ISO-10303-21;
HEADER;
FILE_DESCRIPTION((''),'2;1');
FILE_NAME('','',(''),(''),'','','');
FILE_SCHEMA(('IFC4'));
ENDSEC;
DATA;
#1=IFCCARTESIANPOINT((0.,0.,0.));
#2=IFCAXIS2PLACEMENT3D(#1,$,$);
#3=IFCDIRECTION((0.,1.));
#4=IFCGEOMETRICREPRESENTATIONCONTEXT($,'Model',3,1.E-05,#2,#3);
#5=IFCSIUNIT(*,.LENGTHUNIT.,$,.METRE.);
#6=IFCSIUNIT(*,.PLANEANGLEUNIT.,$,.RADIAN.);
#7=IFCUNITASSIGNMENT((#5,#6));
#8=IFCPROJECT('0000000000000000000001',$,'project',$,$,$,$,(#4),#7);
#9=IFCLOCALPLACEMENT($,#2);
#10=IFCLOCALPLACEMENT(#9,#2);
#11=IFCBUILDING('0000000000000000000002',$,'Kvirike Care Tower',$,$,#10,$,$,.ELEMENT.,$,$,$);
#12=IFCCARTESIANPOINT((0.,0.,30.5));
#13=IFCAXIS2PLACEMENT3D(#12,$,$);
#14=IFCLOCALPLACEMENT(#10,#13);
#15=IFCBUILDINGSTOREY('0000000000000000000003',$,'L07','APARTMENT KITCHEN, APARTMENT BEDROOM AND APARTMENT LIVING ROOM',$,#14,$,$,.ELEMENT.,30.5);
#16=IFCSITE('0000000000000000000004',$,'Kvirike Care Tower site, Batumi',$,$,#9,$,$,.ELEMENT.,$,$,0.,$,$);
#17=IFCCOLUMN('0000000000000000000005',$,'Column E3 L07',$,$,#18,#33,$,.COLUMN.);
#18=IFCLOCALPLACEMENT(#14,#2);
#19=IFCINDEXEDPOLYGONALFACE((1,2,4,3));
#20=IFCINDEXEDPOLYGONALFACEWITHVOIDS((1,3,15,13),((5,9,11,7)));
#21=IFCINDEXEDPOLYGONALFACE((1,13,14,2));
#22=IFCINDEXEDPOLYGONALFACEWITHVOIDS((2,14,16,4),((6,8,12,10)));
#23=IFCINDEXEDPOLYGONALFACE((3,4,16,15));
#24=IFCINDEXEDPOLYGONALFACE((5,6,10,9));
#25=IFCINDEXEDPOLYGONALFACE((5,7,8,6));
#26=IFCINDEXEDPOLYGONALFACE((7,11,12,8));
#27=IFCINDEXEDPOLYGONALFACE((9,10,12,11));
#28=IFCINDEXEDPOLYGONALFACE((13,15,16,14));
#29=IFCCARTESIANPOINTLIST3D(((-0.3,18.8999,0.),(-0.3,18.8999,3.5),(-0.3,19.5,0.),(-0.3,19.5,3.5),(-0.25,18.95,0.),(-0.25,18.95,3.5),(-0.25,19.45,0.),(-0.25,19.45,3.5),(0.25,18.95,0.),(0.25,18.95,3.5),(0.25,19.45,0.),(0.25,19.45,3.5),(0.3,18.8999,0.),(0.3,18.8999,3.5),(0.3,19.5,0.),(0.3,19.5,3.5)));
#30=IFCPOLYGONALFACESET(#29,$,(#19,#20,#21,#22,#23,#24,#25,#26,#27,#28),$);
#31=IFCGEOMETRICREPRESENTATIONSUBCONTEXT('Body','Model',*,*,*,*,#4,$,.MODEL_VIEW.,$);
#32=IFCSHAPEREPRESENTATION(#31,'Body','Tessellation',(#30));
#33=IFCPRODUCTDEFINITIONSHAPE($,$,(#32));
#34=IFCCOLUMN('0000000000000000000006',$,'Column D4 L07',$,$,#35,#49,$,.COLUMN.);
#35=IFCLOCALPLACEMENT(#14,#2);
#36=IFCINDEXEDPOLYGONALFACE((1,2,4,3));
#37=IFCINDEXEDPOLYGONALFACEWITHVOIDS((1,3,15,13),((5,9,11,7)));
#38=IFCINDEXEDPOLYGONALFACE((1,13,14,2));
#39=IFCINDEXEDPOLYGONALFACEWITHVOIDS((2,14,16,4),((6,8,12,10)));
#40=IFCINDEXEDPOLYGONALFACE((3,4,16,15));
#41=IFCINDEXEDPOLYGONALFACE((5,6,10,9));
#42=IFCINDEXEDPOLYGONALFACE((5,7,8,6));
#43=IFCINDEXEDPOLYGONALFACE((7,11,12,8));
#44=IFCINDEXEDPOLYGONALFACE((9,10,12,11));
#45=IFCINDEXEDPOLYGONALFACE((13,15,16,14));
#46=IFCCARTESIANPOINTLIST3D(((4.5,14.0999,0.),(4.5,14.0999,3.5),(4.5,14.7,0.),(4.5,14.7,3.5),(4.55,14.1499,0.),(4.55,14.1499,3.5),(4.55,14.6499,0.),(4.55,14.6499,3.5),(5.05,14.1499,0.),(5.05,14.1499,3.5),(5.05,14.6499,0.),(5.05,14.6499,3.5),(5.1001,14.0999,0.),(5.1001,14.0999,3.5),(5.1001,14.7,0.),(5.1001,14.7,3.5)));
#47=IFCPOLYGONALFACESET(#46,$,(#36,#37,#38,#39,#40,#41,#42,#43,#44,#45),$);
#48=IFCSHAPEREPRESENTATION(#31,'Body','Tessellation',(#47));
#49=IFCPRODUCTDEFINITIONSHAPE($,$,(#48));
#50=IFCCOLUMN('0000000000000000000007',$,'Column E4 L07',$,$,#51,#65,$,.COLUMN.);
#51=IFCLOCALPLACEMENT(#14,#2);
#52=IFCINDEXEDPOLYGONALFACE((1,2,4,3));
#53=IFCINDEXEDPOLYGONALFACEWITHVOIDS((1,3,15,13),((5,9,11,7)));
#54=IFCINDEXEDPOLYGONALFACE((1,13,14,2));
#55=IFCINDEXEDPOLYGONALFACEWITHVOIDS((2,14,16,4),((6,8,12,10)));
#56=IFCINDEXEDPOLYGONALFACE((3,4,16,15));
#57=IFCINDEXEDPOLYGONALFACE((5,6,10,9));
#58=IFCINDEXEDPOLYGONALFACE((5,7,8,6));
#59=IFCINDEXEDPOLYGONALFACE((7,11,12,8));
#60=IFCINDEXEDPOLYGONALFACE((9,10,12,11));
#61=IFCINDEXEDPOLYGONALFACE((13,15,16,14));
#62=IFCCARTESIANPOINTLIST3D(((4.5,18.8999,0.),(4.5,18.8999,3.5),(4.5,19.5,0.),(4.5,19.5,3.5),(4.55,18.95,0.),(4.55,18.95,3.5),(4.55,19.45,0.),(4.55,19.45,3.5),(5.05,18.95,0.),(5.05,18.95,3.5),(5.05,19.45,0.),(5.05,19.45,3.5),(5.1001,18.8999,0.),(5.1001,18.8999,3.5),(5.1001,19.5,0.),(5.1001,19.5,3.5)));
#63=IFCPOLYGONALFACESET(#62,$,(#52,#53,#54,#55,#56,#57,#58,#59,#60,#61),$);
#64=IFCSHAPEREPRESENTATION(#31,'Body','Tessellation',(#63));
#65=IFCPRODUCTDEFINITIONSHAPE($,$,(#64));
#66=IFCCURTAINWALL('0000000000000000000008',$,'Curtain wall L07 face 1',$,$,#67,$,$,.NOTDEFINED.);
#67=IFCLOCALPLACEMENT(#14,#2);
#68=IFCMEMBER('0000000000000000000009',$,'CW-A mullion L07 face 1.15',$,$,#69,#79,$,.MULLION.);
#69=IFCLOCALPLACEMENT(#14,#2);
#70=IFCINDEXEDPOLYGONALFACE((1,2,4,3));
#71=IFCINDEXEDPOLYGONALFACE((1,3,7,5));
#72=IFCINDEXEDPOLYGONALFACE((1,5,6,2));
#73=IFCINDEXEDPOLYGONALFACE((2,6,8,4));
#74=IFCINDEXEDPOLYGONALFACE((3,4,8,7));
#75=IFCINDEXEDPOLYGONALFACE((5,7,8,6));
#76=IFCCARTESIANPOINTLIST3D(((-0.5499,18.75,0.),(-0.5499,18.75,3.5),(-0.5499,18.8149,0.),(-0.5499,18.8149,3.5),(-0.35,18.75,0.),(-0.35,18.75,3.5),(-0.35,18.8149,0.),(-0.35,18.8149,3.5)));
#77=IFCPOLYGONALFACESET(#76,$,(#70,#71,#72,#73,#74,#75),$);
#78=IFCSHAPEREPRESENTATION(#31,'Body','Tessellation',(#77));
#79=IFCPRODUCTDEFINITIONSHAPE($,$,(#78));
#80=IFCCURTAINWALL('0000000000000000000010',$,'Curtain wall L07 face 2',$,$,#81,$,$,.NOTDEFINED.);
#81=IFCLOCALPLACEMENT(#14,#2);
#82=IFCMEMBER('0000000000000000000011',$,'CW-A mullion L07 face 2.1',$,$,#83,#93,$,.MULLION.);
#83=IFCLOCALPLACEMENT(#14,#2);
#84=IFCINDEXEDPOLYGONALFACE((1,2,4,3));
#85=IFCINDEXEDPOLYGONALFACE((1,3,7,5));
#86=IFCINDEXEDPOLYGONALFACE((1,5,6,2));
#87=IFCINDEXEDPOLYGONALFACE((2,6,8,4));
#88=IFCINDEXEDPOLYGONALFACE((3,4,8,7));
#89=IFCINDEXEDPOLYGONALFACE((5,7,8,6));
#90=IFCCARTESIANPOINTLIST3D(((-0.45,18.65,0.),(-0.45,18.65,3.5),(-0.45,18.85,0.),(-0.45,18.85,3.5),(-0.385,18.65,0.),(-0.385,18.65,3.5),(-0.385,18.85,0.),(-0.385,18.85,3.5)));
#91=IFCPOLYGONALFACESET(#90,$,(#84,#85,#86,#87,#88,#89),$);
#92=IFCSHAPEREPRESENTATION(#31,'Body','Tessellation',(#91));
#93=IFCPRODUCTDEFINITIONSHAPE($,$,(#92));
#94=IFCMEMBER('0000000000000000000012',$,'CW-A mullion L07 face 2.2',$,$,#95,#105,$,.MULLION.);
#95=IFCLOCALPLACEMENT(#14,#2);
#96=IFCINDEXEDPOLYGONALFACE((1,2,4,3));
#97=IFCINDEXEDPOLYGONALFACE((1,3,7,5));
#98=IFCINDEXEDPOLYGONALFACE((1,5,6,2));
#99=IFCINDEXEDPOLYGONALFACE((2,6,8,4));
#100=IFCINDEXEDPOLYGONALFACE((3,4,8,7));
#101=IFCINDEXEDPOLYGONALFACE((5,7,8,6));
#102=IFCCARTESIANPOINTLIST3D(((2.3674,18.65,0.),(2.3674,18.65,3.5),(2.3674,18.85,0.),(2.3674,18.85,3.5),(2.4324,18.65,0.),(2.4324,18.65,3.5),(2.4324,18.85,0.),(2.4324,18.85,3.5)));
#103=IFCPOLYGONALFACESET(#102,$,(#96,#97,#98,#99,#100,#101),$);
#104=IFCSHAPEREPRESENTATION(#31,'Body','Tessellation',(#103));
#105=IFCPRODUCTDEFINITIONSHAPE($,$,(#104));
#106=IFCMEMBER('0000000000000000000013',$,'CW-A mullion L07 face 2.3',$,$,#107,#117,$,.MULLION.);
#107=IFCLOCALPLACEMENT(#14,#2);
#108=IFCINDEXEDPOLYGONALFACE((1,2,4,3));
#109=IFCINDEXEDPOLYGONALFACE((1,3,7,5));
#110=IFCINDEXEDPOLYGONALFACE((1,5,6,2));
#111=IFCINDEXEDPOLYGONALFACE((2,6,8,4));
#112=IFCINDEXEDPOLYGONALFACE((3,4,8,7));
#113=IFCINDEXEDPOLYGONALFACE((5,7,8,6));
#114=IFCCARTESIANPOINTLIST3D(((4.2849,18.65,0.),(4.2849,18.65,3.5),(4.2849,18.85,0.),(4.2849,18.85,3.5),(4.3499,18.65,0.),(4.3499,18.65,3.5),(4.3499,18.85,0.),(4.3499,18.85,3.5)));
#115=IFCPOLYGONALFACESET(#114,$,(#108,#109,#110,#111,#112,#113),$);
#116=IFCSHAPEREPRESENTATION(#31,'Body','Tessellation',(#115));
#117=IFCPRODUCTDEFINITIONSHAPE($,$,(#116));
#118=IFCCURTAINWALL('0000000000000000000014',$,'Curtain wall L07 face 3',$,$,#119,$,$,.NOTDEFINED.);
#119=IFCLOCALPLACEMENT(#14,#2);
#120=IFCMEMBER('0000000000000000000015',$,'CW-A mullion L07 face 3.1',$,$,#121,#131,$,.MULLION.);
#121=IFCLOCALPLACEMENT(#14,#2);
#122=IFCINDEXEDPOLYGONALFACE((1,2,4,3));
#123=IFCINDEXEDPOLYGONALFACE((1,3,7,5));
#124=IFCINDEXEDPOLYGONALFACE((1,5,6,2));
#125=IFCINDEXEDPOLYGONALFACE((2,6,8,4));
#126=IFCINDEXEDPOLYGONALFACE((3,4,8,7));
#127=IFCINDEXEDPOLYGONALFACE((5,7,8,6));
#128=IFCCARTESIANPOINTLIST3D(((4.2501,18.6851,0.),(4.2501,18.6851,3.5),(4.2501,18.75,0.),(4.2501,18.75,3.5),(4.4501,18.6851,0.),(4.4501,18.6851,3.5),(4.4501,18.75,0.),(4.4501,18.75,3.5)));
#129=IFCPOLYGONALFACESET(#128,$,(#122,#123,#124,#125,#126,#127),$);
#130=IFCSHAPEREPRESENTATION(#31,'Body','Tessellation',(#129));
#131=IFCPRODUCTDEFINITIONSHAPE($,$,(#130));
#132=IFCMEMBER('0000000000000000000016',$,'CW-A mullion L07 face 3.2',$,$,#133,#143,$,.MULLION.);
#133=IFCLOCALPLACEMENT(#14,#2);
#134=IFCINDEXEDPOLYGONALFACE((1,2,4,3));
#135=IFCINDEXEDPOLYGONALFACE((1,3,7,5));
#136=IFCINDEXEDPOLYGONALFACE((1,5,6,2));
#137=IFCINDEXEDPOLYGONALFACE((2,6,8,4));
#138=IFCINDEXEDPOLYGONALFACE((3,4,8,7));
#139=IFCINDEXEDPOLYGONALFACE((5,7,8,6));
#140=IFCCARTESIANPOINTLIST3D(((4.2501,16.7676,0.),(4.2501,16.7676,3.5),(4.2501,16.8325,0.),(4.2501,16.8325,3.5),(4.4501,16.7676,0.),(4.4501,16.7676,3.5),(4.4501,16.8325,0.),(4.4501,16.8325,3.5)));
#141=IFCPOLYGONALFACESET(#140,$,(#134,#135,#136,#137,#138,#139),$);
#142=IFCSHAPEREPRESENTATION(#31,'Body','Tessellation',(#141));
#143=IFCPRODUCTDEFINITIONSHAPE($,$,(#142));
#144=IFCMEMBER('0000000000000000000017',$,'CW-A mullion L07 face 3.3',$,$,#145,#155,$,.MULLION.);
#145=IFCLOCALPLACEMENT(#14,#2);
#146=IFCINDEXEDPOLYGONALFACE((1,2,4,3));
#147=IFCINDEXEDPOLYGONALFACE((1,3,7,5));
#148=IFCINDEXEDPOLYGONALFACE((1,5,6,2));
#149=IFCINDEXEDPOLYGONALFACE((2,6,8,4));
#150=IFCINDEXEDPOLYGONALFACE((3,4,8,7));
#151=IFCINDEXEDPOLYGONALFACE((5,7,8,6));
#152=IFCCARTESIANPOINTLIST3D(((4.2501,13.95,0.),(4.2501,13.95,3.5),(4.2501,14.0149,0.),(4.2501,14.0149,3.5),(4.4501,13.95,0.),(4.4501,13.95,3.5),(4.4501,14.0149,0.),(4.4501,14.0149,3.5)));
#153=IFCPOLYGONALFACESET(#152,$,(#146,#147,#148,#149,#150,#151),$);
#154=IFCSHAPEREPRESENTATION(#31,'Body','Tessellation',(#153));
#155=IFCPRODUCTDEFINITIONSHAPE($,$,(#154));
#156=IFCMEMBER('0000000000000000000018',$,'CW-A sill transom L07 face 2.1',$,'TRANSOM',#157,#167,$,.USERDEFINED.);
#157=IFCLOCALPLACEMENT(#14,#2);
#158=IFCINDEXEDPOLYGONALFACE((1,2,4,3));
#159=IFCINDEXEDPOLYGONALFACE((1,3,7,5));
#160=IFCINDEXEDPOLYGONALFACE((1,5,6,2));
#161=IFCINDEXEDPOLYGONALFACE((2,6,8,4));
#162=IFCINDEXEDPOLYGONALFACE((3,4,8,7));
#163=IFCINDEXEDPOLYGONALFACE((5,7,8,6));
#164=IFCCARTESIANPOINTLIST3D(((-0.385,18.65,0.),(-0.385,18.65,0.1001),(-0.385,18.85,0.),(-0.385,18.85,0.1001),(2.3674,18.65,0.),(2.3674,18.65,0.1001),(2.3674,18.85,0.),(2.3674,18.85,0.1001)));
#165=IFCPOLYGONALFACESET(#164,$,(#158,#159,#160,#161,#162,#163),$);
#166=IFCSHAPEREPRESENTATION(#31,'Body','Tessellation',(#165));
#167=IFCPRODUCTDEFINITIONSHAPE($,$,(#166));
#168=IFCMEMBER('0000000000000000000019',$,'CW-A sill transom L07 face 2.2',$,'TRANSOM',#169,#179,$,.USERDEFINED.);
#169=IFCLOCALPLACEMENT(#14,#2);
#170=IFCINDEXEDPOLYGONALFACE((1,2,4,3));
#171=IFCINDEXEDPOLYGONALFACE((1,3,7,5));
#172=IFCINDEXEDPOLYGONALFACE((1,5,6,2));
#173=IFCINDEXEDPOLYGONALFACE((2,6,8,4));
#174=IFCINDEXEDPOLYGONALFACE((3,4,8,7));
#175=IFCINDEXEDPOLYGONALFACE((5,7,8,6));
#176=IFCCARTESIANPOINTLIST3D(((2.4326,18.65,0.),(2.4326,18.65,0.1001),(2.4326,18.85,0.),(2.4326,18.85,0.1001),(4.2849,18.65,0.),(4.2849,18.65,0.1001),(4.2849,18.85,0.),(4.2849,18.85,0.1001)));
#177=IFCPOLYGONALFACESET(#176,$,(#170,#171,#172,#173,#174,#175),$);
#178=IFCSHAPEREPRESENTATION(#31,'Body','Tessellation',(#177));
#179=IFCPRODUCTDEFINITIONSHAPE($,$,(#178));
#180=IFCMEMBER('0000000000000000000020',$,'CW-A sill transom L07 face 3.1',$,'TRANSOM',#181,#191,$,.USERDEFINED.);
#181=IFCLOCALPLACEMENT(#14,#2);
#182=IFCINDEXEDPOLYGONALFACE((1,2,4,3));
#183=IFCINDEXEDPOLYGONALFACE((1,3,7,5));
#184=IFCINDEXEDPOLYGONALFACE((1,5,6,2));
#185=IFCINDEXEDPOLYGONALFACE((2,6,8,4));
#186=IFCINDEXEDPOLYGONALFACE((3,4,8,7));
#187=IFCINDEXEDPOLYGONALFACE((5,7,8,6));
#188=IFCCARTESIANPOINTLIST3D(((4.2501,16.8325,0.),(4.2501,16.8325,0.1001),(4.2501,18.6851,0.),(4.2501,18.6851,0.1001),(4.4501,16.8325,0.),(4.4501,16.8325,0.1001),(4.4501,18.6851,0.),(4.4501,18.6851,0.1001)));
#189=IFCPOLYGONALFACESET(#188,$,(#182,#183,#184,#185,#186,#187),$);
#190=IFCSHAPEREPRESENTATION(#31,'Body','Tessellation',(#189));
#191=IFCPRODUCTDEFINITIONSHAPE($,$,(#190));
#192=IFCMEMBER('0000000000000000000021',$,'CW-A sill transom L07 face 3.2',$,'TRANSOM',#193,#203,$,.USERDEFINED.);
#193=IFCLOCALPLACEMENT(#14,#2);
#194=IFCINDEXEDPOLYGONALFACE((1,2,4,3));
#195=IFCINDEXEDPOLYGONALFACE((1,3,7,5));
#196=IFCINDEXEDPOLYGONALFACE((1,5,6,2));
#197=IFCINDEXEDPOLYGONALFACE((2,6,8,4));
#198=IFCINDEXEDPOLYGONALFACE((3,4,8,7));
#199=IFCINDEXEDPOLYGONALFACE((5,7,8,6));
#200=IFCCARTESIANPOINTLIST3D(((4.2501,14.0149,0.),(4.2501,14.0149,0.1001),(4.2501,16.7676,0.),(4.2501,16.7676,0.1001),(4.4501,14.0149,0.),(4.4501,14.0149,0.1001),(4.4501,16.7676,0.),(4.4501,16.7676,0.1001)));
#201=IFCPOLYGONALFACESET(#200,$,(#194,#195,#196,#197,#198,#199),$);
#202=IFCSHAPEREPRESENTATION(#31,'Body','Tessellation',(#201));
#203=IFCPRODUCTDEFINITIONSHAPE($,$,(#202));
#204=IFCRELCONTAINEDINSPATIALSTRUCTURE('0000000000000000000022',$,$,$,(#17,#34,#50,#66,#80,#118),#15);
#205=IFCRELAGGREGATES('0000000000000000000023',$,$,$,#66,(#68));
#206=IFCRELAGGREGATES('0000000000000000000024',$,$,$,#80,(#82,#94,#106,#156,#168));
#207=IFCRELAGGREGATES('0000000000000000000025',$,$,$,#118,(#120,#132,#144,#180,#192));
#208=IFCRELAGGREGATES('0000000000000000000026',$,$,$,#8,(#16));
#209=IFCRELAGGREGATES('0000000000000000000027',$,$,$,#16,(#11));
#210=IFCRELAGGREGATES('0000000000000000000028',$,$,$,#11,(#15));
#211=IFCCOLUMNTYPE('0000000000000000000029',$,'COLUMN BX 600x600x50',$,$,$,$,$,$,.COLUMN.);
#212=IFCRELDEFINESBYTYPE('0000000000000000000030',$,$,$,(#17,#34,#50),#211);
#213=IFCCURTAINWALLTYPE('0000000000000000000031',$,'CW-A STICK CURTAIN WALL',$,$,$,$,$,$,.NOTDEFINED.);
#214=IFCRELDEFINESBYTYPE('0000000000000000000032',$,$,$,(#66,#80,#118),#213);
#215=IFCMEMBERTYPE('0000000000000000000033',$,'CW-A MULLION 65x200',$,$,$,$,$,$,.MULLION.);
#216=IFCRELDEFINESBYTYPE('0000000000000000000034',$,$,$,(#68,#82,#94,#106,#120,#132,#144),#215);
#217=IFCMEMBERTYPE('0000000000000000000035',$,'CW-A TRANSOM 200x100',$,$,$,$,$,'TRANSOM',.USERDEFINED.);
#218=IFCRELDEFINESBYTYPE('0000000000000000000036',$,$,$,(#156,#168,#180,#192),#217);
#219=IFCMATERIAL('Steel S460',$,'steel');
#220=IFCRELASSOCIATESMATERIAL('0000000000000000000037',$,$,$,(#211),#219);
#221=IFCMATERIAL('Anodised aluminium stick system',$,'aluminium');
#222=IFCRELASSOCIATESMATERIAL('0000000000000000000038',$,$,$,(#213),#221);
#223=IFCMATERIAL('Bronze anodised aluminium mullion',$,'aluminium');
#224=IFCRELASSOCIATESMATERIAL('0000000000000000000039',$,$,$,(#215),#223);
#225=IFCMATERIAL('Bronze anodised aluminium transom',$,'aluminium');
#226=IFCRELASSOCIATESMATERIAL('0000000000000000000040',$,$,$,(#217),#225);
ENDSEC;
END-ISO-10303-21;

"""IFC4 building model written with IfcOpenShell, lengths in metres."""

from ifc_helpers import new_model, si_unit, direction, frame, origin, origin_2d, place, context, subcontext, project, spatial, rectangle, hollow_rectangle, extrude, material, material_profile, profile_set, type_object, element, aggregate, save


model = new_model("IFC4")

# Units and contexts
model_context = context("Model", 3, precision=1e-05, world=origin(), true_north=direction((0.0, 1.0)))
body_context = subcontext(model_context, "Body", "Model", "MODEL_VIEW")
ifc_project = project(units=[si_unit("LENGTHUNIT", "METRE"), si_unit("PLANEANGLEUNIT", "RADIAN")], contexts=[model_context])

# Site, building, storey
site_placement = place(None, origin())
site = spatial("IfcSite", under=ifc_project, at=site_placement, Name="Kvirike Care Tower site, Batumi", CompositionType="ELEMENT", RefElevation=0.0)
building_placement = place(site_placement, origin())
building = spatial("IfcBuilding", under=site, at=building_placement, Name="Kvirike Care Tower", CompositionType="ELEMENT")
storey_placement = place(building_placement, frame((0.0, 0.0, 30.5)))
storey = spatial("IfcBuildingStorey", under=building, at=storey_placement, Name="L07", Description="APARTMENT KITCHEN, APARTMENT BEDROOM AND APARTMENT LIVING ROOM", CompositionType="ELEMENT", Elevation=30.5)

# Columns
ifc_material_1 = material(Name="Steel S460", Category="steel")
ifc_material_profile_1 = material_profile(ifc_material_1, hollow_rectangle(XDim=0.6001, YDim=0.6001, WallThickness=0.05, at=origin_2d()), Name="BX 600x600x50")
ifc_profile_set_1 = profile_set([ifc_material_profile_1], Name="Steel S460")
column_type = type_object("IfcColumnType", Name="COLUMN BX 600x600x50", PredefinedType="COLUMN", material=ifc_profile_set_1)
for number, where, z_axis, x_axis, name in (
    (1, (0.0, 19.2, 0.0), (0.0, 0.0, 1.0), (0.0, 1.0, 0.0), "Column E3 L07"),
    (2, (4.8, 14.3999, 0.0), (0.0, 0.0, 1.0), (0.0, 1.0, 0.0), "Column D4 L07"),
    (3, (4.8, 19.2, 0.0), (0.0, 0.0, 1.0), (0.0, 1.0, 0.0), "Column E4 L07"),
):
    element("IfcColumn", number, at=place(storey_placement, frame(where, z_axis=z_axis, x_axis=x_axis)), inside=storey, type_object=column_type, Name=name, PredefinedType="COLUMN", context=body_context, shape_type="SweptSolid", body=[
        extrude(hollow_rectangle(XDim=0.6001, YDim=0.6001, WallThickness=0.05, at=origin_2d()), origin(), (0.0, 0.0, 1.0), 3.5),
    ])

# Curtain wall, member
ifc_material_2 = material(Name="Anodised aluminium stick system", Category="aluminium")
curtain_wall_type = type_object("IfcCurtainWallType", Name="CW-A STICK CURTAIN WALL", PredefinedType="NOTDEFINED", material=ifc_material_2)
curtain_wall_1_placement = place(storey_placement, origin())
curtain_wall_1 = element("IfcCurtainWall", 4, at=curtain_wall_1_placement, inside=storey, type_object=curtain_wall_type, Name="Curtain wall L07 face 1", PredefinedType="NOTDEFINED")
ifc_material_3 = material(Name="Bronze anodised aluminium mullion", Category="aluminium")
ifc_material_profile_2 = material_profile(ifc_material_3, rectangle(XDim=0.0649, YDim=0.2, at=origin_2d()), Name="CW-A MULLION 65x200")
ifc_profile_set_2 = profile_set([ifc_material_profile_2], Name="Bronze anodised aluminium mullion")
member_type_1 = type_object("IfcMemberType", Name="CW-A MULLION 65x200", PredefinedType="MULLION", material=ifc_profile_set_2)
member_1_placement = place(storey_placement, frame((-0.45, 18.7825, 0.0), z_axis=(0.0, 0.0, 1.0), x_axis=(0.0, -1.0, 0.0)))
member_1 = element("IfcMember", 5, at=member_1_placement, type_object=member_type_1, Name="CW-A mullion L07 face 1.15", PredefinedType="MULLION", context=body_context, shape_type="SweptSolid", body=[
    extrude(rectangle(XDim=0.0649, YDim=0.2, at=origin_2d()), origin(), (0.0, 0.0, 1.0), 3.5),
])
aggregate(curtain_wall_1, [member_1])

# Curtain walls, members
curtain_wall_2_placement = place(storey_placement, origin())
curtain_wall_2 = element("IfcCurtainWall", 6, at=curtain_wall_2_placement, inside=storey, type_object=curtain_wall_type, Name="Curtain wall L07 face 2", PredefinedType="NOTDEFINED")
member_2_placement = place(storey_placement, frame((-0.4175, 18.75, 0.0), z_axis=(0.0, 0.0, 1.0), x_axis=(1.0, 0.0, 0.0)))
member_2 = element("IfcMember", 7, at=member_2_placement, type_object=member_type_1, Name="CW-A mullion L07 face 2.1", PredefinedType="MULLION", context=body_context, shape_type="SweptSolid", body=[
    extrude(rectangle(XDim=0.0649, YDim=0.2, at=origin_2d()), origin(), (0.0, 0.0, 1.0), 3.5),
])
member_3_placement = place(storey_placement, frame((2.3999, 18.75, 0.0), z_axis=(0.0, 0.0, 1.0), x_axis=(1.0, 0.0, 0.0)))
member_3 = element("IfcMember", 8, at=member_3_placement, type_object=member_type_1, Name="CW-A mullion L07 face 2.2", PredefinedType="MULLION", context=body_context, shape_type="SweptSolid", body=[
    extrude(rectangle(XDim=0.0649, YDim=0.2, at=origin_2d()), origin(), (0.0, 0.0, 1.0), 3.5),
])
member_4_placement = place(storey_placement, frame((4.3174, 18.75, 0.0), z_axis=(0.0, 0.0, 1.0), x_axis=(1.0, 0.0, 0.0)))
member_4 = element("IfcMember", 9, at=member_4_placement, type_object=member_type_1, Name="CW-A mullion L07 face 2.3", PredefinedType="MULLION", context=body_context, shape_type="SweptSolid", body=[
    extrude(rectangle(XDim=0.0649, YDim=0.2, at=origin_2d()), origin(), (0.0, 0.0, 1.0), 3.5),
])
curtain_wall_3_placement = place(storey_placement, origin())
curtain_wall_3 = element("IfcCurtainWall", 10, at=curtain_wall_3_placement, inside=storey, type_object=curtain_wall_type, Name="Curtain wall L07 face 3", PredefinedType="NOTDEFINED")
member_5_placement = place(storey_placement, frame((4.3501, 18.7175, 0.0), z_axis=(0.0, 0.0, 1.0), x_axis=(0.0, -1.0, 0.0)))
member_5 = element("IfcMember", 11, at=member_5_placement, type_object=member_type_1, Name="CW-A mullion L07 face 3.1", PredefinedType="MULLION", context=body_context, shape_type="SweptSolid", body=[
    extrude(rectangle(XDim=0.0649, YDim=0.2, at=origin_2d()), origin(), (0.0, 0.0, 1.0), 3.5),
])
member_6_placement = place(storey_placement, frame((4.3501, 16.8, 0.0), z_axis=(0.0, 0.0, 1.0), x_axis=(0.0, -1.0, 0.0)))
member_6 = element("IfcMember", 12, at=member_6_placement, type_object=member_type_1, Name="CW-A mullion L07 face 3.2", PredefinedType="MULLION", context=body_context, shape_type="SweptSolid", body=[
    extrude(rectangle(XDim=0.0649, YDim=0.2, at=origin_2d()), origin(), (0.0, 0.0, 1.0), 3.5),
])
member_7_placement = place(storey_placement, frame((4.3501, 13.9824, 0.0), z_axis=(0.0, 0.0, 1.0), x_axis=(0.0, -1.0, 0.0)))
member_7 = element("IfcMember", 13, at=member_7_placement, type_object=member_type_1, Name="CW-A mullion L07 face 3.3", PredefinedType="MULLION", context=body_context, shape_type="SweptSolid", body=[
    extrude(rectangle(XDim=0.0649, YDim=0.2, at=origin_2d()), origin(), (0.0, 0.0, 1.0), 3.5),
])

# Members
ifc_material_4 = material(Name="Bronze anodised aluminium transom", Category="aluminium")
ifc_material_profile_3 = material_profile(ifc_material_4, rectangle(XDim=0.2, YDim=0.1001, at=origin_2d()), Name="CW-A TRANSOM 200x100")
ifc_profile_set_3 = profile_set([ifc_material_profile_3], Name="Bronze anodised aluminium transom")
member_type_2 = type_object("IfcMemberType", Name="CW-A TRANSOM 200x100", ElementType="TRANSOM", PredefinedType="USERDEFINED", material=ifc_profile_set_3)
member_8_placement = place(storey_placement, frame((-0.385, 18.75, 0.05), z_axis=(1.0, 0.0, 0.0), x_axis=(0.0, 1.0, 0.0)))
member_8 = element("IfcMember", 14, at=member_8_placement, type_object=member_type_2, Name="CW-A sill transom L07 face 2.1", ObjectType="TRANSOM", PredefinedType="USERDEFINED", context=body_context, shape_type="SweptSolid", body=[
    extrude(rectangle(XDim=0.2, YDim=0.1001, at=origin_2d()), origin(), (0.0, 0.0, 1.0), 2.7524),
])
member_9_placement = place(storey_placement, frame((2.4326, 18.75, 0.05), z_axis=(1.0, 0.0, 0.0), x_axis=(0.0, 1.0, 0.0)))
member_9 = element("IfcMember", 15, at=member_9_placement, type_object=member_type_2, Name="CW-A sill transom L07 face 2.2", ObjectType="TRANSOM", PredefinedType="USERDEFINED", context=body_context, shape_type="SweptSolid", body=[
    extrude(rectangle(XDim=0.2, YDim=0.1001, at=origin_2d()), origin(), (0.0, 0.0, 1.0), 1.8523),
])
member_10_placement = place(storey_placement, frame((4.3501, 18.6851, 0.05), z_axis=(0.0, -1.0, 0.0), x_axis=(1.0, 0.0, 0.0)))
member_10 = element("IfcMember", 16, at=member_10_placement, type_object=member_type_2, Name="CW-A sill transom L07 face 3.1", ObjectType="TRANSOM", PredefinedType="USERDEFINED", context=body_context, shape_type="SweptSolid", body=[
    extrude(rectangle(XDim=0.2, YDim=0.1001, at=origin_2d()), origin(), (0.0, 0.0, 1.0), 1.8525),
])
member_11_placement = place(storey_placement, frame((4.3501, 16.7676, 0.05), z_axis=(0.0, -1.0, 0.0), x_axis=(1.0, 0.0, 0.0)))
member_11 = element("IfcMember", 17, at=member_11_placement, type_object=member_type_2, Name="CW-A sill transom L07 face 3.2", ObjectType="TRANSOM", PredefinedType="USERDEFINED", context=body_context, shape_type="SweptSolid", body=[
    extrude(rectangle(XDim=0.2, YDim=0.1001, at=origin_2d()), origin(), (0.0, 0.0, 1.0), 2.7527),
])

aggregate(curtain_wall_2, [member_2, member_3, member_4, member_8, member_9])
aggregate(curtain_wall_3, [member_5, member_6, member_7, member_10, member_11])

save(model, "model.ifc")
